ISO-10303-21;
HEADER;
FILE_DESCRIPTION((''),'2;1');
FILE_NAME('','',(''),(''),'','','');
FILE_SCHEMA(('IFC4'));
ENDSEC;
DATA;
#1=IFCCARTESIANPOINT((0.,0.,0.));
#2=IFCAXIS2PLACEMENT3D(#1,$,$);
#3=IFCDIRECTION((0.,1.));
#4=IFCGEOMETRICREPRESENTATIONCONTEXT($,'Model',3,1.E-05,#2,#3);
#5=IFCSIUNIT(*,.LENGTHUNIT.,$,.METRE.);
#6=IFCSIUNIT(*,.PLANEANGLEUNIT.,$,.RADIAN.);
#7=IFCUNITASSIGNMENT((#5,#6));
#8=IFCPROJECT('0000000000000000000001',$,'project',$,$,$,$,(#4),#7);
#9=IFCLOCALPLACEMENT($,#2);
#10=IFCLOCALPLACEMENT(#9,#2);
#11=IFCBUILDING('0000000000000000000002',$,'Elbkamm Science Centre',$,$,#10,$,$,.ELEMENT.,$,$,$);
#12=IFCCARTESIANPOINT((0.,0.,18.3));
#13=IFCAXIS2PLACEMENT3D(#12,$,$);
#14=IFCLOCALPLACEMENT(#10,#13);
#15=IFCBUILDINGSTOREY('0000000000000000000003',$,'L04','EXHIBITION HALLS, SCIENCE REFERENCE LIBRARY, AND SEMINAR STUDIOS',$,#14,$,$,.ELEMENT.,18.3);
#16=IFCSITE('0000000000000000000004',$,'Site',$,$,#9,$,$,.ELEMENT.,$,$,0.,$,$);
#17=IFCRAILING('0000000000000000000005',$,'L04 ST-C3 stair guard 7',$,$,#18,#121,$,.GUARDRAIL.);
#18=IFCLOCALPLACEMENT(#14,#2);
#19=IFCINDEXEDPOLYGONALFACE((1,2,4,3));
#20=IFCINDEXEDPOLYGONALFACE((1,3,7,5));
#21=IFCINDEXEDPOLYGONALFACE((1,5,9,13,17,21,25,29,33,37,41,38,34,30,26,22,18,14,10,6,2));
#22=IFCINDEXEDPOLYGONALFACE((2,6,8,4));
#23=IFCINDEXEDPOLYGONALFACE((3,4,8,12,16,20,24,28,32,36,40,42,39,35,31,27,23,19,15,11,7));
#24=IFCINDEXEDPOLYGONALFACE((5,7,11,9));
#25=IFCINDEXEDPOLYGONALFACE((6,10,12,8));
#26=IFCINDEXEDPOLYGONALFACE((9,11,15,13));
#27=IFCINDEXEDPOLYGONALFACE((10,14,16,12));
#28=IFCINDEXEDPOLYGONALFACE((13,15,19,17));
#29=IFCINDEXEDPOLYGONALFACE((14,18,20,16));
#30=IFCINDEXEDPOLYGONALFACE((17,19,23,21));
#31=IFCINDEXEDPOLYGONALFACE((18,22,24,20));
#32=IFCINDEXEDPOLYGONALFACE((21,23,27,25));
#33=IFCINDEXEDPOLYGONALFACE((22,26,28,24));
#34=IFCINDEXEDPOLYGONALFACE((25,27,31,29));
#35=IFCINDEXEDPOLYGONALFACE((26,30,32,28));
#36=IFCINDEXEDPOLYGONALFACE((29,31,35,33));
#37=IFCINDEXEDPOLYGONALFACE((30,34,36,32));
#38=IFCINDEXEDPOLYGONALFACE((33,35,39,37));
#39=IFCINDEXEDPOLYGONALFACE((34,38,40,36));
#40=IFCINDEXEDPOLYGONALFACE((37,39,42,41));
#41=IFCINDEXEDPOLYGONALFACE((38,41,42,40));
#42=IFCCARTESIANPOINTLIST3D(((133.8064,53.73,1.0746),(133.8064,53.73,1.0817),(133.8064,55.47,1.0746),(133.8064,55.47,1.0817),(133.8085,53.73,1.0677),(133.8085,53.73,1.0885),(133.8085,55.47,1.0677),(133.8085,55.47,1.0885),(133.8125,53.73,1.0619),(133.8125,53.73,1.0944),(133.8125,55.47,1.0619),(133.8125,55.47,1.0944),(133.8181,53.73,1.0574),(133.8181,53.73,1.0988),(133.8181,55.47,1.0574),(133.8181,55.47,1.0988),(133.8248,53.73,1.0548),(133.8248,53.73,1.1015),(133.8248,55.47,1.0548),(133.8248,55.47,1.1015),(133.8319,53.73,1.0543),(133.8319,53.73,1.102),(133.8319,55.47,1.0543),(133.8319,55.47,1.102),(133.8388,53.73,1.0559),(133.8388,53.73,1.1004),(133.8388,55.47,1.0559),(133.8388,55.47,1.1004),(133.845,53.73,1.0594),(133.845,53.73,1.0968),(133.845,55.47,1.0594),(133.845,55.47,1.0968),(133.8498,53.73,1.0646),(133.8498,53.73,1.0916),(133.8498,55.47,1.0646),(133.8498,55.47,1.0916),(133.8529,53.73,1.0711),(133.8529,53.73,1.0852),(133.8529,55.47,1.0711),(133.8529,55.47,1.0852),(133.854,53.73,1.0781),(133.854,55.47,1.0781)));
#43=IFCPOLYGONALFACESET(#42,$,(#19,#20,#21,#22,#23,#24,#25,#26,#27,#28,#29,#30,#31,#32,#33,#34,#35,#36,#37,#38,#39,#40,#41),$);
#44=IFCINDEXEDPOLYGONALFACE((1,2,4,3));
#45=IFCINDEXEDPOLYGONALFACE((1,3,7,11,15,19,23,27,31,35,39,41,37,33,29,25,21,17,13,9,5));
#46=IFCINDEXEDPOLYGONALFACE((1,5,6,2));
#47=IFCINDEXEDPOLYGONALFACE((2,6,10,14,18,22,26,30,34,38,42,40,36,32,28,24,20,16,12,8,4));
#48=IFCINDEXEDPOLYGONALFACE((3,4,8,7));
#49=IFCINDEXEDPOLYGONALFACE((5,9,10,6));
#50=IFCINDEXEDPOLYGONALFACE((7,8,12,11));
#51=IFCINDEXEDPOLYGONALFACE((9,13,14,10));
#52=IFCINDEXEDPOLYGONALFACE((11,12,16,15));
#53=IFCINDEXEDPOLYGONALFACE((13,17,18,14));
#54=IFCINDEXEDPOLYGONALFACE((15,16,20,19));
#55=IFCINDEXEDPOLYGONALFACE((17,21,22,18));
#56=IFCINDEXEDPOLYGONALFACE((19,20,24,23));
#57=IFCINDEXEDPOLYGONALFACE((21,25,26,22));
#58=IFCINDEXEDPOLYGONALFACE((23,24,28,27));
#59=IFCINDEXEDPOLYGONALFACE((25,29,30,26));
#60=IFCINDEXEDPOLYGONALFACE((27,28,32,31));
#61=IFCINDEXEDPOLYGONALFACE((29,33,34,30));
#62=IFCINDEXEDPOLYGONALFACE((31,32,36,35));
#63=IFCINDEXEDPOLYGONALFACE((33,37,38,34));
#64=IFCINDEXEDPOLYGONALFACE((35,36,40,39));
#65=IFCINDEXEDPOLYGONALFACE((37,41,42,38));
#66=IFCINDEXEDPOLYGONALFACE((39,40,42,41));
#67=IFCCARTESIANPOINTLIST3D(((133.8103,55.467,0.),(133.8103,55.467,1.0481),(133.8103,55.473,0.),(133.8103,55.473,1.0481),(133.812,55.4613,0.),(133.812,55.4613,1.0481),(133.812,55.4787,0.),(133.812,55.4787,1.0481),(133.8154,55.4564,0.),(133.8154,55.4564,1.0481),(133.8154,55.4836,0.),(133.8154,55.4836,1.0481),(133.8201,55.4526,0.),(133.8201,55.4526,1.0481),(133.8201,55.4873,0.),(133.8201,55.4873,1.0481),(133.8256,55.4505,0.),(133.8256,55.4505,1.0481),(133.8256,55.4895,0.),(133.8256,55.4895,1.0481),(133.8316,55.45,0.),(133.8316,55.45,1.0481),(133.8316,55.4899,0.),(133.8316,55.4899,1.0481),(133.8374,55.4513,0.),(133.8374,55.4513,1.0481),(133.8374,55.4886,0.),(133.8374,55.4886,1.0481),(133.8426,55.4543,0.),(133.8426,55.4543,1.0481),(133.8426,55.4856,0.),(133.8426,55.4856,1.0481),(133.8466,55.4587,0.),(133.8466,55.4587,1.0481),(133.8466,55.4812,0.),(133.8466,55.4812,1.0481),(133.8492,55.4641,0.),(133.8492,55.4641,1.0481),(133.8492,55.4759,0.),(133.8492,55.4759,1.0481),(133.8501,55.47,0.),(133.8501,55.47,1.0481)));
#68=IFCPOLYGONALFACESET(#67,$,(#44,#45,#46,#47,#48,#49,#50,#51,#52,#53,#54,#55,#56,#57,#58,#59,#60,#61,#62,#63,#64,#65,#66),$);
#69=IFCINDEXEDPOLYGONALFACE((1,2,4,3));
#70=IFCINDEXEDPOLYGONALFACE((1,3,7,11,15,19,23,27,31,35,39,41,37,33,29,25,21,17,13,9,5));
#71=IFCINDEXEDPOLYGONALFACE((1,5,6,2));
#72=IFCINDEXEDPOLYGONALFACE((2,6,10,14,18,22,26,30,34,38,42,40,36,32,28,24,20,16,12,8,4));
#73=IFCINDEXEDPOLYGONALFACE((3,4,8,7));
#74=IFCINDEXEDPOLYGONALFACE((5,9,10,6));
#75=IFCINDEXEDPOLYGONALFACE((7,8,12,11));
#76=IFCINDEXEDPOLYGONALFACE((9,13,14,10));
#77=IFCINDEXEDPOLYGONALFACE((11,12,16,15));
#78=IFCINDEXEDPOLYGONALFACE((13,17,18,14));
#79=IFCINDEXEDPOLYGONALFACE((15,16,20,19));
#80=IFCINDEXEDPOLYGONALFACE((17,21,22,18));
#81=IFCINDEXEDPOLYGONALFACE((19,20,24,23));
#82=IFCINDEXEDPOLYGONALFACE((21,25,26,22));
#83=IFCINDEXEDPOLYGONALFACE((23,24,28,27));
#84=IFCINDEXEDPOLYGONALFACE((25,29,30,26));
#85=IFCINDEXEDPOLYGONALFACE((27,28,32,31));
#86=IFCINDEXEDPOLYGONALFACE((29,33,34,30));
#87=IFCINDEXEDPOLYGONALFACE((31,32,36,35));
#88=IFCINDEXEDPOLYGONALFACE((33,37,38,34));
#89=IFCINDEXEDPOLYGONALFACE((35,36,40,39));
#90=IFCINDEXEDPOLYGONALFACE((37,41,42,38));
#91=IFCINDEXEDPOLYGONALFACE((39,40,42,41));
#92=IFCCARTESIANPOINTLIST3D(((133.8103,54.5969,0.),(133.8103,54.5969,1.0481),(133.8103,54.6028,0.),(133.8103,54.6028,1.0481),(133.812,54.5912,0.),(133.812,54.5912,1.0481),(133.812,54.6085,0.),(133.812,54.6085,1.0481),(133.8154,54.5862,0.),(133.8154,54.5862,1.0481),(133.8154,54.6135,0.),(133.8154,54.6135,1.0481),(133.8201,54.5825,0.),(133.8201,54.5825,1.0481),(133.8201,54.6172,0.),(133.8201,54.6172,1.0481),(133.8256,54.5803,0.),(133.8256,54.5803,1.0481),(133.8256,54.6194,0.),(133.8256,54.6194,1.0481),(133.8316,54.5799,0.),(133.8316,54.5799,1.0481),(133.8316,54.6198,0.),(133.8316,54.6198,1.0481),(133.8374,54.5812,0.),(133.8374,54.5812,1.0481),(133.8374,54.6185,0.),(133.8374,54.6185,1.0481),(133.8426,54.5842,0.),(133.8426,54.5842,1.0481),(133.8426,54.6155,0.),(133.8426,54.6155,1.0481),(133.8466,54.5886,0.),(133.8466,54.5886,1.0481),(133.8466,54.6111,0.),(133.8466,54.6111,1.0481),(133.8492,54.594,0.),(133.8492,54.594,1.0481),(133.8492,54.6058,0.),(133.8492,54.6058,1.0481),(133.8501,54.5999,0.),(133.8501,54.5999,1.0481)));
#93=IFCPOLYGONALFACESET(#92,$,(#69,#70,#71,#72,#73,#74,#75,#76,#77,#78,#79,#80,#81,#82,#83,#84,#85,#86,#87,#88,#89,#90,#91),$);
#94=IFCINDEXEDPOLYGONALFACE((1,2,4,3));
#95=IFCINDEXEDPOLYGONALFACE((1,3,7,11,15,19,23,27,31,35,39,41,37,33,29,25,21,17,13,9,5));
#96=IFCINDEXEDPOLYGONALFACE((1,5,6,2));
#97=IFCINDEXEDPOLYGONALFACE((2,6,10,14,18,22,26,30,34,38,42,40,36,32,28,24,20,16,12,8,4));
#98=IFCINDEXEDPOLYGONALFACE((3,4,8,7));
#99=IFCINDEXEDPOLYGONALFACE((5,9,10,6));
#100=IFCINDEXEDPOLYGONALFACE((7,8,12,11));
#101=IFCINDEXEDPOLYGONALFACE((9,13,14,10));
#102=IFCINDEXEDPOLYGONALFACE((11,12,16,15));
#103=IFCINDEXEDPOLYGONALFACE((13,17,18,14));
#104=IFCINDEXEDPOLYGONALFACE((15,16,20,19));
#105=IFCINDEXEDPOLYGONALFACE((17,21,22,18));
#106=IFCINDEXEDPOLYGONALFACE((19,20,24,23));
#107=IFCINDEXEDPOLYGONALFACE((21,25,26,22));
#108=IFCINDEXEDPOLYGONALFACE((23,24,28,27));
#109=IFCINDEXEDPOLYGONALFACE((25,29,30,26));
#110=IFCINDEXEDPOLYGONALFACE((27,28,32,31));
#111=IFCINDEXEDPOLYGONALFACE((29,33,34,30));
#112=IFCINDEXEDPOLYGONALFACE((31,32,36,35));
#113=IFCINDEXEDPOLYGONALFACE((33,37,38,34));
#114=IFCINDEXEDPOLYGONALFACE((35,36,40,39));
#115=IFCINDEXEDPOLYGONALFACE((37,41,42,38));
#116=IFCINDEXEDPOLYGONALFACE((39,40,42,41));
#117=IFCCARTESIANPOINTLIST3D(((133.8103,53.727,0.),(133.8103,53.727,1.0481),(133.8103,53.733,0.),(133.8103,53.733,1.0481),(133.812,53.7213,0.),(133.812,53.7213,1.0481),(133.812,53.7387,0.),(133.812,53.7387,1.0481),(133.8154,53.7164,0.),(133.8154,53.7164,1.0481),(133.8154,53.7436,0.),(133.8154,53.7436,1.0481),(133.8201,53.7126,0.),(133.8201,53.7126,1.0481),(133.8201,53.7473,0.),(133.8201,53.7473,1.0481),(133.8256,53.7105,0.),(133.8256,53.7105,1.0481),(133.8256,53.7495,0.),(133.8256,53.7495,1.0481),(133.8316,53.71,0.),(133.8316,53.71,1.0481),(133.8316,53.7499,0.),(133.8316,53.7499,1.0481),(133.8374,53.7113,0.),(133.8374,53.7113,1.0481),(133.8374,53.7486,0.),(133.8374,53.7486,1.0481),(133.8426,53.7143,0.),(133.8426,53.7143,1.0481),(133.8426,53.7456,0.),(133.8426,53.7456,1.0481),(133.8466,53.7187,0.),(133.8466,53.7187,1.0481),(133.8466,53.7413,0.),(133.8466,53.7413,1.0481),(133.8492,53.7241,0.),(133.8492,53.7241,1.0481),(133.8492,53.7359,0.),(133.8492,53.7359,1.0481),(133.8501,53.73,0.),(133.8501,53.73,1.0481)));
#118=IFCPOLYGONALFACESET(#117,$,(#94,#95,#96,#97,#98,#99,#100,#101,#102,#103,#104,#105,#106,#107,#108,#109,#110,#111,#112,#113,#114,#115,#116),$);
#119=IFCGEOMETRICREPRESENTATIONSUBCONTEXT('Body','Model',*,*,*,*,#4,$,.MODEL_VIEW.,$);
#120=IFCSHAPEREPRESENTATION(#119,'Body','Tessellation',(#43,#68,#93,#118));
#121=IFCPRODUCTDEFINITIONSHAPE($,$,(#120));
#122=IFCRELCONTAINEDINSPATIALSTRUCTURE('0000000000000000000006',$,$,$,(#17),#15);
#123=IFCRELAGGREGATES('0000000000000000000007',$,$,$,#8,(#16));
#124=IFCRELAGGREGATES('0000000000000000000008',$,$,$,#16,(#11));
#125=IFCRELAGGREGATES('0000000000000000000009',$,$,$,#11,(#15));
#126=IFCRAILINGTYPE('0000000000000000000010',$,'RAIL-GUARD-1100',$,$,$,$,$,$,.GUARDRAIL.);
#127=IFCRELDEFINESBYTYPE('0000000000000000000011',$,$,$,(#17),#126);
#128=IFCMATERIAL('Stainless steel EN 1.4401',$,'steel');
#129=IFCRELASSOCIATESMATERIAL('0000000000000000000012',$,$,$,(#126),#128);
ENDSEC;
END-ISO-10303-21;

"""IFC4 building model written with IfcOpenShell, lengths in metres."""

from ifc_helpers import new_model, si_unit, direction, frame, origin, origin_2d, place, context, subcontext, project, spatial, circle, extrude, material, type_object, element, save


model = new_model("IFC4")

# Units and contexts
model_context = context("Model", 3, precision=1e-05, world=origin(), true_north=direction((0.0, 1.0)))
body_context = subcontext(model_context, "Body", "Model", "MODEL_VIEW")
ifc_project = project(units=[si_unit("LENGTHUNIT", "METRE"), si_unit("PLANEANGLEUNIT", "RADIAN")], contexts=[model_context])

# Site, building, storey
site_placement = place(None, origin())
site = spatial("IfcSite", under=ifc_project, at=site_placement, Name="Site", CompositionType="ELEMENT", RefElevation=0.0)
building_placement = place(site_placement, origin())
building = spatial("IfcBuilding", under=site, at=building_placement, Name="Elbkamm Science Centre", CompositionType="ELEMENT")
storey_placement = place(building_placement, frame((0.0, 0.0, 18.3)))
storey = spatial("IfcBuildingStorey", under=building, at=storey_placement, Name="L04", Description="EXHIBITION HALLS, SCIENCE REFERENCE LIBRARY, AND SEMINAR STUDIOS", CompositionType="ELEMENT", Elevation=18.3)

# Railing
ifc_material_1 = material(Name="Stainless steel EN 1.4401", Category="steel")
railing_type_1 = type_object("IfcRailingType", Name="RAIL-GUARD-1100", PredefinedType="GUARDRAIL", material=ifc_material_1)
railing_1_placement = place(storey_placement, frame((133.8301, 55.47, 0.0)))
element("IfcRailing", 1, at=railing_1_placement, inside=storey, type_object=railing_type_1, Name="L04 ST-C3 stair guard 7", PredefinedType="GUARDRAIL", context=body_context, shape_type="SweptSolid", body=[
    extrude(circle(Radius=0.0239, at=origin_2d()), frame((0.0, 0.0, 1.0781), z_axis=(0.0, -1.0, 0.0), x_axis=(1.0, 0.0, 0.0)), (0.0, 0.0, 1.0), 1.74),
    extrude(circle(Radius=0.02, at=origin_2d()), origin(), (0.0, 0.0, 1.0), 1.0481),
    extrude(circle(Radius=0.02, at=origin_2d()), frame((0.0, -0.8701, 0.0)), (0.0, 0.0, 1.0), 1.0481),
    extrude(circle(Radius=0.02, at=origin_2d()), frame((0.0, -1.74, 0.0)), (0.0, 0.0, 1.0), 1.0481),
])

save(model, "model.ifc")
